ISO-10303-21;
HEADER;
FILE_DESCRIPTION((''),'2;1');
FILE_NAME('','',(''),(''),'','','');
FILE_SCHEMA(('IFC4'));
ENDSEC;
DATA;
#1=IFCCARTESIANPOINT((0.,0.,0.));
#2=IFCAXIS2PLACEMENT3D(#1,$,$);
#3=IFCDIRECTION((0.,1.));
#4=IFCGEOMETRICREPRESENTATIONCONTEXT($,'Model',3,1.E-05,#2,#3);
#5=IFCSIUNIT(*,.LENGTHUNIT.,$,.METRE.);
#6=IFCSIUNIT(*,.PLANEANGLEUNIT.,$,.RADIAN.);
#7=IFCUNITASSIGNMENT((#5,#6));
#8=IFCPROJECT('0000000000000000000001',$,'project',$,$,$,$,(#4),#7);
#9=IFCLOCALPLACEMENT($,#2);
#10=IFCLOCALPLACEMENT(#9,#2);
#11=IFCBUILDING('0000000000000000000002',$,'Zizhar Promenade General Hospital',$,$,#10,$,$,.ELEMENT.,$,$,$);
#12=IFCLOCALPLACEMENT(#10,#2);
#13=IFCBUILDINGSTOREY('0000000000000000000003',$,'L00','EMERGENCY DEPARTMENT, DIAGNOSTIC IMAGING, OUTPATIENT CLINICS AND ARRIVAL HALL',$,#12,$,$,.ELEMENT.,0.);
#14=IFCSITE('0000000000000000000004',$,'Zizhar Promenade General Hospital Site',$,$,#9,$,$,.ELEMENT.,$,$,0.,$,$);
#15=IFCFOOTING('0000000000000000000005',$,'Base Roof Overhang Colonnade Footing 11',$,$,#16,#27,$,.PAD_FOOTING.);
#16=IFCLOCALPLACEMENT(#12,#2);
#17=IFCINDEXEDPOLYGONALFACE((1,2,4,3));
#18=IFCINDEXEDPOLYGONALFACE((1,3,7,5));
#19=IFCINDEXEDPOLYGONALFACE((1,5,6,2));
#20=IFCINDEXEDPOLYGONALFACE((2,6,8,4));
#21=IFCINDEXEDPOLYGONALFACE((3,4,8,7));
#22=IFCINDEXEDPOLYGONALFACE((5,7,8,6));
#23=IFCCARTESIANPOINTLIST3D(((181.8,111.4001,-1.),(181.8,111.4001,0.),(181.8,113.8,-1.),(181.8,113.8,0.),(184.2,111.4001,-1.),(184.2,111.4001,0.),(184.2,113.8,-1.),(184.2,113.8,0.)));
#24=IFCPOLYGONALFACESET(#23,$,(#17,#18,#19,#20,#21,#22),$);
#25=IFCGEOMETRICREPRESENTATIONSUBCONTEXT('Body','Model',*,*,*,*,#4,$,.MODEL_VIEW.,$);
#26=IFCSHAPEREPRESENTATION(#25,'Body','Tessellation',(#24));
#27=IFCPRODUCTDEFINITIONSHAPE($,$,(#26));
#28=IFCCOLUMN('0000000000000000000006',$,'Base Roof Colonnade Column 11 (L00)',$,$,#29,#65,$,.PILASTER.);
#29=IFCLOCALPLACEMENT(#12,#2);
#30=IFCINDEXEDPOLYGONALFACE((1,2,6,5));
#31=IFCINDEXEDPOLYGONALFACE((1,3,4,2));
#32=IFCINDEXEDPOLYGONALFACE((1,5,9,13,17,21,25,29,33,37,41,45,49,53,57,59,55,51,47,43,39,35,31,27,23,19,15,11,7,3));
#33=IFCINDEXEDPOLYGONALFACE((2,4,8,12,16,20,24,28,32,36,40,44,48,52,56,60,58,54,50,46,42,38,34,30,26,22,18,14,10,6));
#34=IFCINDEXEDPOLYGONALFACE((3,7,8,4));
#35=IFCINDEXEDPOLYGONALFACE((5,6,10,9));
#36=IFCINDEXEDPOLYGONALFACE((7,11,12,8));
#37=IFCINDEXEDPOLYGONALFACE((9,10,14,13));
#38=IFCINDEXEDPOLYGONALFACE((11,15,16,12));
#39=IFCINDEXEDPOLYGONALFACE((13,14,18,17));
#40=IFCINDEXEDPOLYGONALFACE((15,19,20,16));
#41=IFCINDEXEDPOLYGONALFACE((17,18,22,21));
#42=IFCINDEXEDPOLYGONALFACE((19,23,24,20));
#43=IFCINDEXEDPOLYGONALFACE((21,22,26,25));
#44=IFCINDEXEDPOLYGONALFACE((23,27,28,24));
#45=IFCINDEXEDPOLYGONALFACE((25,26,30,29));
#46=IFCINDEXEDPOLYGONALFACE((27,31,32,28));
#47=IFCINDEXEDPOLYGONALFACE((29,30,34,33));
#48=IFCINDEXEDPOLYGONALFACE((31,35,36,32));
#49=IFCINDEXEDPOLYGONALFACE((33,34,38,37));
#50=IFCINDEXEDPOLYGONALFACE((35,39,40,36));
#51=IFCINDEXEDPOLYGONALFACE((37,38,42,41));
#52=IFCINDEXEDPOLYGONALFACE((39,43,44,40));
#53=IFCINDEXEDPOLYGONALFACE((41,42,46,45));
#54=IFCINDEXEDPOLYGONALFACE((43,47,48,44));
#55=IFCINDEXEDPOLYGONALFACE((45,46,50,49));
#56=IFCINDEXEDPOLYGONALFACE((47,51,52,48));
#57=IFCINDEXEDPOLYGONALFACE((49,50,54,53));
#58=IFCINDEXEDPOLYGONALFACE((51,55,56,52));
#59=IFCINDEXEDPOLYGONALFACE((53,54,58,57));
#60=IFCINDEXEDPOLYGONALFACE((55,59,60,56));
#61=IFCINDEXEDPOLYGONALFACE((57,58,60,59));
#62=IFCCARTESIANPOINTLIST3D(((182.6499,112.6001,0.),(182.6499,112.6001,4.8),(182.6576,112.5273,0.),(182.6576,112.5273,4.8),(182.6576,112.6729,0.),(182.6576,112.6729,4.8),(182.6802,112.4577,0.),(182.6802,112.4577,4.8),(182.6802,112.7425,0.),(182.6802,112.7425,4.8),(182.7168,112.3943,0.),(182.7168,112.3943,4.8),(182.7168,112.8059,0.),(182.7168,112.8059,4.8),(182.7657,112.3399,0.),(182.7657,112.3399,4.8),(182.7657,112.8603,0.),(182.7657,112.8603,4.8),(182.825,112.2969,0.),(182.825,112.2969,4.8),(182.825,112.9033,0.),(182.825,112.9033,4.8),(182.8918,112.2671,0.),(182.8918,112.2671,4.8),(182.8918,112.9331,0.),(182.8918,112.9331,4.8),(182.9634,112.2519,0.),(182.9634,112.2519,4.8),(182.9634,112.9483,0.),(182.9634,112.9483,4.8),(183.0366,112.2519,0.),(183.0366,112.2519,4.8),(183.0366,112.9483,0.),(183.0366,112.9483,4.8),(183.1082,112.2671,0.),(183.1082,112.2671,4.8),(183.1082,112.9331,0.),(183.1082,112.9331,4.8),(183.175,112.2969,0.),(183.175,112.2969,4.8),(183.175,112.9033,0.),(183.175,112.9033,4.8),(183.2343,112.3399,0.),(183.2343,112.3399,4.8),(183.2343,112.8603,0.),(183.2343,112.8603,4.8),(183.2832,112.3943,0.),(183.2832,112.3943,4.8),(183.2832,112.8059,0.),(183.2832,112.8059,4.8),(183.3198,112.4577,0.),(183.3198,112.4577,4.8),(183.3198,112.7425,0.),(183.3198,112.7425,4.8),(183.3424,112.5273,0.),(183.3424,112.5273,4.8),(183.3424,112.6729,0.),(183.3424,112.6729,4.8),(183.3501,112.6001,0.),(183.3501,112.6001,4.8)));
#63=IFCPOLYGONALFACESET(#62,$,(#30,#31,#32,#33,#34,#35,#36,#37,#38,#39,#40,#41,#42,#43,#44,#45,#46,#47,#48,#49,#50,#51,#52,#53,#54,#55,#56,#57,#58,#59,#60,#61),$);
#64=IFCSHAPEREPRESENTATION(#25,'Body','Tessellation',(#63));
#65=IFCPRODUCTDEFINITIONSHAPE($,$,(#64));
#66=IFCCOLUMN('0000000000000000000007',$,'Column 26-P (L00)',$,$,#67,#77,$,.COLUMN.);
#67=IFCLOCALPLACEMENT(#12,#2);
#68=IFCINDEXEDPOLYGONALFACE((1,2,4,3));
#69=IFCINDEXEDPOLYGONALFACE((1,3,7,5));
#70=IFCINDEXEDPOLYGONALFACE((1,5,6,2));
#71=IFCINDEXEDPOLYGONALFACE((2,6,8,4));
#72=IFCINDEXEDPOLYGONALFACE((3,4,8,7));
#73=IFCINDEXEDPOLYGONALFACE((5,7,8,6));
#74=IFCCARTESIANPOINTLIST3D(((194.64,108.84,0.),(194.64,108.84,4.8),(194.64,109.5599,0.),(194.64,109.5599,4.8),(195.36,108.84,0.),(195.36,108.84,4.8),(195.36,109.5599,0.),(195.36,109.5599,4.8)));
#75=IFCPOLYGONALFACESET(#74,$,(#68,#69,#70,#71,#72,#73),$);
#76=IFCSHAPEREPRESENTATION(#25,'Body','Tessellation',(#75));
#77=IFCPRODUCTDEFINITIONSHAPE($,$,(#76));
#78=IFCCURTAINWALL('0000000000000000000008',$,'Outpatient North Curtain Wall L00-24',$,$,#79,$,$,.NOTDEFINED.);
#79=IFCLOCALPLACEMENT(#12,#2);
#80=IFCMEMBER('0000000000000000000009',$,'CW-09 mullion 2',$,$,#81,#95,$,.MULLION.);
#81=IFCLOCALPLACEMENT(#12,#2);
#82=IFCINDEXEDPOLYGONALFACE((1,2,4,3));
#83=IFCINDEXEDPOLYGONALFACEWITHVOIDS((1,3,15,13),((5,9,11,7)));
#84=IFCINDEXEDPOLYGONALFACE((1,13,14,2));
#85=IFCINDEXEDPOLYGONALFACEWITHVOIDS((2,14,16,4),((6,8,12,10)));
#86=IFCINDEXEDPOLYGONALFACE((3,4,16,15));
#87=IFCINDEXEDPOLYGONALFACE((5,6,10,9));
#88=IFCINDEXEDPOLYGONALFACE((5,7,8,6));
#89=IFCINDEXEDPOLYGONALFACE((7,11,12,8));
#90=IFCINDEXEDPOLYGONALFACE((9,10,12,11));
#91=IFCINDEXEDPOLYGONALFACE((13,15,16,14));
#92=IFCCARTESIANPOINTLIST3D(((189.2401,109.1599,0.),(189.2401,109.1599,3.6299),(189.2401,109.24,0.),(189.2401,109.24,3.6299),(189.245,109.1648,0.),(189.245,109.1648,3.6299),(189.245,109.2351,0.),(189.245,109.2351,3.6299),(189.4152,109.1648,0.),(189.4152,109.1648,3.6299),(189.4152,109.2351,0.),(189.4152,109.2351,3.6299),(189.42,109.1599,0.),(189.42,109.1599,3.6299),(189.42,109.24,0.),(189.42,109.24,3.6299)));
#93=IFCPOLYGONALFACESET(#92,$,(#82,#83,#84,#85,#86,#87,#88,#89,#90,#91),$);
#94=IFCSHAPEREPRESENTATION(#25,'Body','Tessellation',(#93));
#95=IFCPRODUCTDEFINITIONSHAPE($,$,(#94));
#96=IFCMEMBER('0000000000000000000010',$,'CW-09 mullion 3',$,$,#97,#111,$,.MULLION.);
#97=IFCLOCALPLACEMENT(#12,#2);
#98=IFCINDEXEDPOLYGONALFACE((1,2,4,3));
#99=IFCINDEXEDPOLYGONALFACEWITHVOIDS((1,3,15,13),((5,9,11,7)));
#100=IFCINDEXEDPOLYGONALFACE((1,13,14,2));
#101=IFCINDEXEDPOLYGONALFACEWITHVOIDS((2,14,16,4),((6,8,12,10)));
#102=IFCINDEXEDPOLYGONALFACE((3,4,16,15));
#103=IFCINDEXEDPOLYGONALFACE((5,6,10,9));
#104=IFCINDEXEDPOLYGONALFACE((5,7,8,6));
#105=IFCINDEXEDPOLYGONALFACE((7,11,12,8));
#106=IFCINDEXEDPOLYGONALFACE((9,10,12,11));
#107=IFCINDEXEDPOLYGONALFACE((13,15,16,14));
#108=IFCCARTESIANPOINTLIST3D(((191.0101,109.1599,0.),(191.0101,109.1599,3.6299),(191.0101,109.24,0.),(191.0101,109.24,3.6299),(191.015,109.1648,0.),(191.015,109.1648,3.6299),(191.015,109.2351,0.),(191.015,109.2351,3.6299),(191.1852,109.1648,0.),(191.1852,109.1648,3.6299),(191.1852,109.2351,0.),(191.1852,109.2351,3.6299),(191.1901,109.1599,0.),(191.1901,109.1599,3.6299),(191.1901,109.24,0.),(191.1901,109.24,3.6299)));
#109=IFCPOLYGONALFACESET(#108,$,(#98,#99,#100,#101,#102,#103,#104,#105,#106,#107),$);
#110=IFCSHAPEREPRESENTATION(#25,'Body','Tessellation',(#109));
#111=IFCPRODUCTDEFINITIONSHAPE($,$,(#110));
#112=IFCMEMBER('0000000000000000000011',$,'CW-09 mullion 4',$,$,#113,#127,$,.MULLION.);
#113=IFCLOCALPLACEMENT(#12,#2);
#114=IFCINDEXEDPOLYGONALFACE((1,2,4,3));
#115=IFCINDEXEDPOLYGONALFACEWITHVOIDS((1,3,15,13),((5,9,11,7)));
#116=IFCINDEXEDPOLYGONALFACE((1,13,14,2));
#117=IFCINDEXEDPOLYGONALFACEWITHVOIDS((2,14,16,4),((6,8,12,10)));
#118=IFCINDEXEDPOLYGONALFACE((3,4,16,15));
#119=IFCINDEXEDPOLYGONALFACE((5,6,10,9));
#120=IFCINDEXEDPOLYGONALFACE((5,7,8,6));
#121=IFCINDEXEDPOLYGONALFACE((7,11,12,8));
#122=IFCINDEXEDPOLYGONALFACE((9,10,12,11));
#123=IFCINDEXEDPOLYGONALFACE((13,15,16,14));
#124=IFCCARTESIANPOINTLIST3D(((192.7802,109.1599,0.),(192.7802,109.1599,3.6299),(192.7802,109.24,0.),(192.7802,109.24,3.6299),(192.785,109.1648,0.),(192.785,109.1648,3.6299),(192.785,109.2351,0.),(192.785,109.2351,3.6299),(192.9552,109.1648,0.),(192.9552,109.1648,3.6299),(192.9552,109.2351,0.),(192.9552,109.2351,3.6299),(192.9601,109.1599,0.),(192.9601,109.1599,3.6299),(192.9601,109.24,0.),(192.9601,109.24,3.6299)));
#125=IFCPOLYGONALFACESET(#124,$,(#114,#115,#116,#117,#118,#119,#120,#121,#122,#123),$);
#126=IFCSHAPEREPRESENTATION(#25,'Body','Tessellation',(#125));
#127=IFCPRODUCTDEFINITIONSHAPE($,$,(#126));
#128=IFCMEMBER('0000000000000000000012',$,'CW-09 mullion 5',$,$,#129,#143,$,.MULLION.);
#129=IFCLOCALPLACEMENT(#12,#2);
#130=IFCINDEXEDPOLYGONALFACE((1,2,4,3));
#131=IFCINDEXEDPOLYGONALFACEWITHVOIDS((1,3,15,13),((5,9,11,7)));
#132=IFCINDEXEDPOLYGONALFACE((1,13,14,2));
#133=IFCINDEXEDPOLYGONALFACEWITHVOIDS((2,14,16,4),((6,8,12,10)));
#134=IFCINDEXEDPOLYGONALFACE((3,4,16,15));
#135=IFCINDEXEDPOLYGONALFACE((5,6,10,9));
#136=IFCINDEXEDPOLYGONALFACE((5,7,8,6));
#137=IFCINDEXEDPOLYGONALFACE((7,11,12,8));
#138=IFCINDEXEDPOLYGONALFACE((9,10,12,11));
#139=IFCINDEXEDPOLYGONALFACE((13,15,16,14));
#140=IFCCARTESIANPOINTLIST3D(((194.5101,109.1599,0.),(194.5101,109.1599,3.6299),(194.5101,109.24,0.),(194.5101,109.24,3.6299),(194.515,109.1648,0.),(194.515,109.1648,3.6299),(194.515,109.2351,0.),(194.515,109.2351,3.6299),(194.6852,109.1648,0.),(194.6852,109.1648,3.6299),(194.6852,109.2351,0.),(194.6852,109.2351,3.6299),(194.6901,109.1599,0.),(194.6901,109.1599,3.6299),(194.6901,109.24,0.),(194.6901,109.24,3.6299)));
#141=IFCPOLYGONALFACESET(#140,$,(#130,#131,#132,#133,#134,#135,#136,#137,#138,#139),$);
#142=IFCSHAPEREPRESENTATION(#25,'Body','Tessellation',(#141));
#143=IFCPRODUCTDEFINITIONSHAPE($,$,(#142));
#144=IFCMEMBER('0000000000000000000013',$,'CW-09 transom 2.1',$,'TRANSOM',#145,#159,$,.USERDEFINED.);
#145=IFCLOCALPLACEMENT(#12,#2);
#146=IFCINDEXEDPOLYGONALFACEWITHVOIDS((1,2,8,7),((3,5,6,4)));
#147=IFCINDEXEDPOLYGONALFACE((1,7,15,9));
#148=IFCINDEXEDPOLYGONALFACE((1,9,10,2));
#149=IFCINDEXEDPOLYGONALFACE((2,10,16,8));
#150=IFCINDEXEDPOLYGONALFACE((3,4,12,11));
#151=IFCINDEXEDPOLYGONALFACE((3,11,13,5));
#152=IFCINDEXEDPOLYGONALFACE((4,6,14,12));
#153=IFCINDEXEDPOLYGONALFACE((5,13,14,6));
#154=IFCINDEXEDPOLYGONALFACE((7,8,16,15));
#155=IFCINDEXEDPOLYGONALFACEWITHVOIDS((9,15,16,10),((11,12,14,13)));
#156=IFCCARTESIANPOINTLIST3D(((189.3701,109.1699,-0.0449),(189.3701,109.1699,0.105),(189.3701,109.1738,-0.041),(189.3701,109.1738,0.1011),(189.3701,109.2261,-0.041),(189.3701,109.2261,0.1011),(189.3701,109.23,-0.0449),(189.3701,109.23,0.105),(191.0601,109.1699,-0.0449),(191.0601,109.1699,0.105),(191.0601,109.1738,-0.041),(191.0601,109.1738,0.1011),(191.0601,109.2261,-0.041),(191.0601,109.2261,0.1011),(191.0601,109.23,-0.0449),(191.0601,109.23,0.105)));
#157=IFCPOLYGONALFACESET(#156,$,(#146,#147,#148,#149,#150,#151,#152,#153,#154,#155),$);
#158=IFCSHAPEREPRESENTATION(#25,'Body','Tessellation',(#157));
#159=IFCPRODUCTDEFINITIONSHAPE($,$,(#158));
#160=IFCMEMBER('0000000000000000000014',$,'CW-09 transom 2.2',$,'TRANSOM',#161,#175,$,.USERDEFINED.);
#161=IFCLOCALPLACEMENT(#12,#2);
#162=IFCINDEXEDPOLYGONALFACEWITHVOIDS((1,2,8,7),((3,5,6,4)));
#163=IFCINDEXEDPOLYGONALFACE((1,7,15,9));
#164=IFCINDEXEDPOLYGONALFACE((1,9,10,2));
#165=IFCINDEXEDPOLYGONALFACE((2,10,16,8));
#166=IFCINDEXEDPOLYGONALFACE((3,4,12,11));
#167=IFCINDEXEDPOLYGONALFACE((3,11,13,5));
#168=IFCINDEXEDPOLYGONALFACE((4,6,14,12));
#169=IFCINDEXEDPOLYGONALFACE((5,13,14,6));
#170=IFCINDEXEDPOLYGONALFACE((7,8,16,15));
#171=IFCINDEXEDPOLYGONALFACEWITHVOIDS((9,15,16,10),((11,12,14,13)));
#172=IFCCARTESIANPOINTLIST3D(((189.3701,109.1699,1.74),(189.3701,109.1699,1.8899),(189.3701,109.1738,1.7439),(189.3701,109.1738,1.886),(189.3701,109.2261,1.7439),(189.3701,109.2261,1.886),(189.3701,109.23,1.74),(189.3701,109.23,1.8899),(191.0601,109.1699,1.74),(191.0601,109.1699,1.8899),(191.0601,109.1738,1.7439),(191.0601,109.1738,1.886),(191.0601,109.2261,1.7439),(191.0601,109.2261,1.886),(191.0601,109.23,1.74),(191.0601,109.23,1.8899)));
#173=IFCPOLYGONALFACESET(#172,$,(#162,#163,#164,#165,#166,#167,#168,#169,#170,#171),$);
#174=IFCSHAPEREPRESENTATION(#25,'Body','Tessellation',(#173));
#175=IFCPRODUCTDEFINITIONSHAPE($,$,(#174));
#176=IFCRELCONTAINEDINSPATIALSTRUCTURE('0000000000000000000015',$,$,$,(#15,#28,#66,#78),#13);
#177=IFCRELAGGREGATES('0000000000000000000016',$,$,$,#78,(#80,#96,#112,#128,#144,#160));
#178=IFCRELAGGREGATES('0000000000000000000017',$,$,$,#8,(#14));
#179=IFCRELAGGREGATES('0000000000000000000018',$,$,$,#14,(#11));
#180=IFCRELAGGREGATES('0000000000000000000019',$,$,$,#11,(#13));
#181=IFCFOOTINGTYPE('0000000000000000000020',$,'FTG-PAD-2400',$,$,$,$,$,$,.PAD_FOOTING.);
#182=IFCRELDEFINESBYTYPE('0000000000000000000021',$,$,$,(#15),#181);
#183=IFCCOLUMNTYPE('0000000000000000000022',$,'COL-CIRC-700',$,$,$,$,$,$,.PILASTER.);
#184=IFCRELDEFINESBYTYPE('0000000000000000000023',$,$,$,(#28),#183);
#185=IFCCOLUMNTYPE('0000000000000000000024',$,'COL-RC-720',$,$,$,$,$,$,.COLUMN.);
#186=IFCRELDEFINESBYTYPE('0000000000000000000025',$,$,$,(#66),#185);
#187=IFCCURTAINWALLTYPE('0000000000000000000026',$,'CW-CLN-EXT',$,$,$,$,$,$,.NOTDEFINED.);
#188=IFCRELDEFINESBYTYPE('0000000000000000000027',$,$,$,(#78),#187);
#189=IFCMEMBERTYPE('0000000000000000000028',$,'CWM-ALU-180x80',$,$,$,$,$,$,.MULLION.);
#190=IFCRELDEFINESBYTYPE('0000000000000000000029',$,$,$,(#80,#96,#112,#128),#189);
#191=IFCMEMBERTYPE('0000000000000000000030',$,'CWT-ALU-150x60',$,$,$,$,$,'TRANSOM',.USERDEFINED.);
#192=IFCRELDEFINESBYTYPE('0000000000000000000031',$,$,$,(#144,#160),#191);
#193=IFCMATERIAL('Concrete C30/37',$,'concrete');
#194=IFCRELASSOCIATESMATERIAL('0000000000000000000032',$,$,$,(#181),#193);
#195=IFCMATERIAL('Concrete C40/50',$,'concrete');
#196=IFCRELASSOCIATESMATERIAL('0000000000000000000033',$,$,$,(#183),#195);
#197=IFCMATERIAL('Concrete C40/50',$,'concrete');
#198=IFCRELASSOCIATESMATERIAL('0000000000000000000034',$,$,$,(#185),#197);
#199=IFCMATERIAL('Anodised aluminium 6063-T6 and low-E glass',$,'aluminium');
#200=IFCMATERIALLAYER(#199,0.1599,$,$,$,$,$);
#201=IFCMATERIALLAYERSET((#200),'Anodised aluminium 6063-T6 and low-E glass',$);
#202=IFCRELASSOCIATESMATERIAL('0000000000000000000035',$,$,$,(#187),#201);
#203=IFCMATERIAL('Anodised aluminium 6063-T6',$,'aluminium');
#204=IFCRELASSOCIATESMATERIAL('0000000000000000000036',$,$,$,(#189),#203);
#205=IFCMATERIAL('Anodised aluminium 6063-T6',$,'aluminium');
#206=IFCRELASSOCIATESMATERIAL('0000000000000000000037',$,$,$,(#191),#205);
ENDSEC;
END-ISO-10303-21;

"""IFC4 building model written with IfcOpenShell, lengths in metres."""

from ifc_helpers import new_model, si_unit, direction, frame, origin, origin_2d, place, context, subcontext, project, spatial, rectangle, hollow_rectangle, circle, extrude, material, layer, layer_set, material_profile, profile_set, type_object, element, aggregate, save


model = new_model("IFC4")

# Units and contexts
model_context = context("Model", 3, precision=1e-05, world=origin(), true_north=direction((0.0, 1.0)))
body_context = subcontext(model_context, "Body", "Model", "MODEL_VIEW")
ifc_project = project(units=[si_unit("LENGTHUNIT", "METRE"), si_unit("PLANEANGLEUNIT", "RADIAN")], contexts=[model_context])

# Site, building, storey
site_placement = place(None, origin())
site = spatial("IfcSite", under=ifc_project, at=site_placement, Name="Zizhar Promenade General Hospital Site", CompositionType="ELEMENT", RefElevation=0.0)
building_placement = place(site_placement, origin())
building = spatial("IfcBuilding", under=site, at=building_placement, Name="Zizhar Promenade General Hospital", CompositionType="ELEMENT")
storey_placement = place(building_placement, origin())
storey = spatial("IfcBuildingStorey", under=building, at=storey_placement, Name="L00", Description="EMERGENCY DEPARTMENT, DIAGNOSTIC IMAGING, OUTPATIENT CLINICS AND ARRIVAL HALL", CompositionType="ELEMENT", Elevation=0.0)

# Footing
ifc_material_1 = material(Name="Concrete C30/37", Category="concrete")
footing_type = type_object("IfcFootingType", Name="FTG-PAD-2400", PredefinedType="PAD_FOOTING", material=ifc_material_1)
footing_placement = place(storey_placement, frame((183.0, 112.6001, -1.0), z_axis=(0.0, 0.0, 1.0), x_axis=(1.0, 0.0, 0.0)))
element("IfcFooting", 1, at=footing_placement, inside=storey, type_object=footing_type, Name="Base Roof Overhang Colonnade Footing 11", PredefinedType="PAD_FOOTING", context=body_context, shape_type="SweptSolid", body=[
    extrude(rectangle(XDim=2.3999, YDim=2.3999, at=origin_2d()), origin(), (0.0, 0.0, 1.0), 1.0),
])

# Columns
ifc_material_2 = material(Name="Concrete C40/50", Category="concrete")
ifc_material_profile_1 = material_profile(ifc_material_2, circle(Radius=0.3501, at=origin_2d()))
ifc_profile_set_1 = profile_set([ifc_material_profile_1], Name="Concrete C40/50")
column_type_1 = type_object("IfcColumnType", Name="COL-CIRC-700", PredefinedType="PILASTER", material=ifc_profile_set_1)
column_1_placement = place(storey_placement, frame((183.0, 112.6001, 0.0), z_axis=(0.0, 0.0, 1.0), x_axis=(1.0, 0.0, 0.0)))
element("IfcColumn", 2, at=column_1_placement, inside=storey, type_object=column_type_1, Name="Base Roof Colonnade Column 11 (L00)", PredefinedType="PILASTER", context=body_context, shape_type="SweptSolid", body=[
    extrude(circle(Radius=0.3501, at=origin_2d()), origin(), (0.0, 0.0, 1.0), 4.8),
])
ifc_material_3 = material(Name="Concrete C40/50", Category="concrete")
ifc_material_profile_2 = material_profile(ifc_material_3, rectangle(XDim=0.72, YDim=0.72, at=origin_2d()))
ifc_profile_set_2 = profile_set([ifc_material_profile_2], Name="Concrete C40/50")
column_type_2 = type_object("IfcColumnType", Name="COL-RC-720", PredefinedType="COLUMN", material=ifc_profile_set_2)
column_2_placement = place(storey_placement, frame((195.0, 109.2, 0.0), z_axis=(0.0, 0.0, 1.0), x_axis=(1.0, 0.0, 0.0)))
element("IfcColumn", 3, at=column_2_placement, inside=storey, type_object=column_type_2, Name="Column 26-P (L00)", PredefinedType="COLUMN", context=body_context, shape_type="SweptSolid", body=[
    extrude(rectangle(XDim=0.72, YDim=0.72, at=origin_2d()), origin(), (0.0, 0.0, 1.0), 4.8),
])

# Curtain wall, members
ifc_material_4 = material(Name="Anodised aluminium 6063-T6 and low-E glass", Category="aluminium")
ifc_layer_1 = layer(ifc_material_4, 0.1599)
ifc_layer_set_1 = layer_set([ifc_layer_1], Name="Anodised aluminium 6063-T6 and low-E glass")
curtain_wall_type = type_object("IfcCurtainWallType", Name="CW-CLN-EXT", PredefinedType="NOTDEFINED", material=ifc_layer_set_1)
curtain_wall_placement = place(storey_placement, origin())
curtain_wall = element("IfcCurtainWall", 4, at=curtain_wall_placement, inside=storey, type_object=curtain_wall_type, Name="Outpatient North Curtain Wall L00-24", PredefinedType="NOTDEFINED")
ifc_material_5 = material(Name="Anodised aluminium 6063-T6", Category="aluminium")
ifc_material_profile_3 = material_profile(ifc_material_5, hollow_rectangle(XDim=0.0801, YDim=0.1799, WallThickness=0.0049, at=origin_2d()))
ifc_profile_set_3 = profile_set([ifc_material_profile_3], Name="Anodised aluminium 6063-T6")
member_type_1 = type_object("IfcMemberType", Name="CWM-ALU-180x80", PredefinedType="MULLION", material=ifc_profile_set_3)
member_1_placement = place(storey_placement, frame((189.3301, 109.2, 0.0), z_axis=(0.0, 0.0, 1.0), x_axis=(0.0, 1.0, 0.0)))
member_1 = element("IfcMember", 5, at=member_1_placement, type_object=member_type_1, Name="CW-09 mullion 2", PredefinedType="MULLION", context=body_context, shape_type="SweptSolid", body=[
    extrude(hollow_rectangle(XDim=0.0801, YDim=0.1799, WallThickness=0.0049, at=origin_2d()), origin(), (0.0, 0.0, 1.0), 3.6299),
])
member_2_placement = place(storey_placement, frame((191.1001, 109.2, 0.0), z_axis=(0.0, 0.0, 1.0), x_axis=(0.0, 1.0, 0.0)))
member_2 = element("IfcMember", 6, at=member_2_placement, type_object=member_type_1, Name="CW-09 mullion 3", PredefinedType="MULLION", context=body_context, shape_type="SweptSolid", body=[
    extrude(hollow_rectangle(XDim=0.0801, YDim=0.1799, WallThickness=0.0049, at=origin_2d()), origin(), (0.0, 0.0, 1.0), 3.6299),
])
member_3_placement = place(storey_placement, frame((192.8701, 109.2, 0.0), z_axis=(0.0, 0.0, 1.0), x_axis=(0.0, 1.0, 0.0)))
member_3 = element("IfcMember", 7, at=member_3_placement, type_object=member_type_1, Name="CW-09 mullion 4", PredefinedType="MULLION", context=body_context, shape_type="SweptSolid", body=[
    extrude(hollow_rectangle(XDim=0.0801, YDim=0.1799, WallThickness=0.0049, at=origin_2d()), origin(), (0.0, 0.0, 1.0), 3.6299),
])
member_4_placement = place(storey_placement, frame((194.6001, 109.2, 0.0), z_axis=(0.0, 0.0, 1.0), x_axis=(0.0, 1.0, 0.0)))
member_4 = element("IfcMember", 8, at=member_4_placement, type_object=member_type_1, Name="CW-09 mullion 5", PredefinedType="MULLION", context=body_context, shape_type="SweptSolid", body=[
    extrude(hollow_rectangle(XDim=0.0801, YDim=0.1799, WallThickness=0.0049, at=origin_2d()), origin(), (0.0, 0.0, 1.0), 3.6299),
])
ifc_material_6 = material(Name="Anodised aluminium 6063-T6", Category="aluminium")
ifc_material_profile_4 = material_profile(ifc_material_6, hollow_rectangle(XDim=0.0601, YDim=0.1499, WallThickness=0.0039, at=origin_2d()))
ifc_profile_set_4 = profile_set([ifc_material_profile_4], Name="Anodised aluminium 6063-T6")
member_type_2 = type_object("IfcMemberType", Name="CWT-ALU-150x60", ElementType="TRANSOM", PredefinedType="USERDEFINED", material=ifc_profile_set_4)
member_5_placement = place(storey_placement, frame((189.3701, 109.2, 0.03), z_axis=(1.0, 0.0, 0.0), x_axis=(0.0, 1.0, 0.0)))
member_5 = element("IfcMember", 9, at=member_5_placement, type_object=member_type_2, Name="CW-09 transom 2.1", ObjectType="TRANSOM", PredefinedType="USERDEFINED", context=body_context, shape_type="SweptSolid", body=[
    extrude(hollow_rectangle(XDim=0.0601, YDim=0.1499, WallThickness=0.0039, at=origin_2d()), origin(), (0.0, 0.0, 1.0), 1.6899),
])
member_6_placement = place(storey_placement, frame((189.3701, 109.2, 1.8149), z_axis=(1.0, 0.0, 0.0), x_axis=(0.0, 1.0, 0.0)))
member_6 = element("IfcMember", 10, at=member_6_placement, type_object=member_type_2, Name="CW-09 transom 2.2", ObjectType="TRANSOM", PredefinedType="USERDEFINED", context=body_context, shape_type="SweptSolid", body=[
    extrude(hollow_rectangle(XDim=0.0601, YDim=0.1499, WallThickness=0.0039, at=origin_2d()), origin(), (0.0, 0.0, 1.0), 1.6899),
])
aggregate(curtain_wall, [member_1, member_2, member_3, member_4, member_5, member_6])

save(model, "model.ifc")
